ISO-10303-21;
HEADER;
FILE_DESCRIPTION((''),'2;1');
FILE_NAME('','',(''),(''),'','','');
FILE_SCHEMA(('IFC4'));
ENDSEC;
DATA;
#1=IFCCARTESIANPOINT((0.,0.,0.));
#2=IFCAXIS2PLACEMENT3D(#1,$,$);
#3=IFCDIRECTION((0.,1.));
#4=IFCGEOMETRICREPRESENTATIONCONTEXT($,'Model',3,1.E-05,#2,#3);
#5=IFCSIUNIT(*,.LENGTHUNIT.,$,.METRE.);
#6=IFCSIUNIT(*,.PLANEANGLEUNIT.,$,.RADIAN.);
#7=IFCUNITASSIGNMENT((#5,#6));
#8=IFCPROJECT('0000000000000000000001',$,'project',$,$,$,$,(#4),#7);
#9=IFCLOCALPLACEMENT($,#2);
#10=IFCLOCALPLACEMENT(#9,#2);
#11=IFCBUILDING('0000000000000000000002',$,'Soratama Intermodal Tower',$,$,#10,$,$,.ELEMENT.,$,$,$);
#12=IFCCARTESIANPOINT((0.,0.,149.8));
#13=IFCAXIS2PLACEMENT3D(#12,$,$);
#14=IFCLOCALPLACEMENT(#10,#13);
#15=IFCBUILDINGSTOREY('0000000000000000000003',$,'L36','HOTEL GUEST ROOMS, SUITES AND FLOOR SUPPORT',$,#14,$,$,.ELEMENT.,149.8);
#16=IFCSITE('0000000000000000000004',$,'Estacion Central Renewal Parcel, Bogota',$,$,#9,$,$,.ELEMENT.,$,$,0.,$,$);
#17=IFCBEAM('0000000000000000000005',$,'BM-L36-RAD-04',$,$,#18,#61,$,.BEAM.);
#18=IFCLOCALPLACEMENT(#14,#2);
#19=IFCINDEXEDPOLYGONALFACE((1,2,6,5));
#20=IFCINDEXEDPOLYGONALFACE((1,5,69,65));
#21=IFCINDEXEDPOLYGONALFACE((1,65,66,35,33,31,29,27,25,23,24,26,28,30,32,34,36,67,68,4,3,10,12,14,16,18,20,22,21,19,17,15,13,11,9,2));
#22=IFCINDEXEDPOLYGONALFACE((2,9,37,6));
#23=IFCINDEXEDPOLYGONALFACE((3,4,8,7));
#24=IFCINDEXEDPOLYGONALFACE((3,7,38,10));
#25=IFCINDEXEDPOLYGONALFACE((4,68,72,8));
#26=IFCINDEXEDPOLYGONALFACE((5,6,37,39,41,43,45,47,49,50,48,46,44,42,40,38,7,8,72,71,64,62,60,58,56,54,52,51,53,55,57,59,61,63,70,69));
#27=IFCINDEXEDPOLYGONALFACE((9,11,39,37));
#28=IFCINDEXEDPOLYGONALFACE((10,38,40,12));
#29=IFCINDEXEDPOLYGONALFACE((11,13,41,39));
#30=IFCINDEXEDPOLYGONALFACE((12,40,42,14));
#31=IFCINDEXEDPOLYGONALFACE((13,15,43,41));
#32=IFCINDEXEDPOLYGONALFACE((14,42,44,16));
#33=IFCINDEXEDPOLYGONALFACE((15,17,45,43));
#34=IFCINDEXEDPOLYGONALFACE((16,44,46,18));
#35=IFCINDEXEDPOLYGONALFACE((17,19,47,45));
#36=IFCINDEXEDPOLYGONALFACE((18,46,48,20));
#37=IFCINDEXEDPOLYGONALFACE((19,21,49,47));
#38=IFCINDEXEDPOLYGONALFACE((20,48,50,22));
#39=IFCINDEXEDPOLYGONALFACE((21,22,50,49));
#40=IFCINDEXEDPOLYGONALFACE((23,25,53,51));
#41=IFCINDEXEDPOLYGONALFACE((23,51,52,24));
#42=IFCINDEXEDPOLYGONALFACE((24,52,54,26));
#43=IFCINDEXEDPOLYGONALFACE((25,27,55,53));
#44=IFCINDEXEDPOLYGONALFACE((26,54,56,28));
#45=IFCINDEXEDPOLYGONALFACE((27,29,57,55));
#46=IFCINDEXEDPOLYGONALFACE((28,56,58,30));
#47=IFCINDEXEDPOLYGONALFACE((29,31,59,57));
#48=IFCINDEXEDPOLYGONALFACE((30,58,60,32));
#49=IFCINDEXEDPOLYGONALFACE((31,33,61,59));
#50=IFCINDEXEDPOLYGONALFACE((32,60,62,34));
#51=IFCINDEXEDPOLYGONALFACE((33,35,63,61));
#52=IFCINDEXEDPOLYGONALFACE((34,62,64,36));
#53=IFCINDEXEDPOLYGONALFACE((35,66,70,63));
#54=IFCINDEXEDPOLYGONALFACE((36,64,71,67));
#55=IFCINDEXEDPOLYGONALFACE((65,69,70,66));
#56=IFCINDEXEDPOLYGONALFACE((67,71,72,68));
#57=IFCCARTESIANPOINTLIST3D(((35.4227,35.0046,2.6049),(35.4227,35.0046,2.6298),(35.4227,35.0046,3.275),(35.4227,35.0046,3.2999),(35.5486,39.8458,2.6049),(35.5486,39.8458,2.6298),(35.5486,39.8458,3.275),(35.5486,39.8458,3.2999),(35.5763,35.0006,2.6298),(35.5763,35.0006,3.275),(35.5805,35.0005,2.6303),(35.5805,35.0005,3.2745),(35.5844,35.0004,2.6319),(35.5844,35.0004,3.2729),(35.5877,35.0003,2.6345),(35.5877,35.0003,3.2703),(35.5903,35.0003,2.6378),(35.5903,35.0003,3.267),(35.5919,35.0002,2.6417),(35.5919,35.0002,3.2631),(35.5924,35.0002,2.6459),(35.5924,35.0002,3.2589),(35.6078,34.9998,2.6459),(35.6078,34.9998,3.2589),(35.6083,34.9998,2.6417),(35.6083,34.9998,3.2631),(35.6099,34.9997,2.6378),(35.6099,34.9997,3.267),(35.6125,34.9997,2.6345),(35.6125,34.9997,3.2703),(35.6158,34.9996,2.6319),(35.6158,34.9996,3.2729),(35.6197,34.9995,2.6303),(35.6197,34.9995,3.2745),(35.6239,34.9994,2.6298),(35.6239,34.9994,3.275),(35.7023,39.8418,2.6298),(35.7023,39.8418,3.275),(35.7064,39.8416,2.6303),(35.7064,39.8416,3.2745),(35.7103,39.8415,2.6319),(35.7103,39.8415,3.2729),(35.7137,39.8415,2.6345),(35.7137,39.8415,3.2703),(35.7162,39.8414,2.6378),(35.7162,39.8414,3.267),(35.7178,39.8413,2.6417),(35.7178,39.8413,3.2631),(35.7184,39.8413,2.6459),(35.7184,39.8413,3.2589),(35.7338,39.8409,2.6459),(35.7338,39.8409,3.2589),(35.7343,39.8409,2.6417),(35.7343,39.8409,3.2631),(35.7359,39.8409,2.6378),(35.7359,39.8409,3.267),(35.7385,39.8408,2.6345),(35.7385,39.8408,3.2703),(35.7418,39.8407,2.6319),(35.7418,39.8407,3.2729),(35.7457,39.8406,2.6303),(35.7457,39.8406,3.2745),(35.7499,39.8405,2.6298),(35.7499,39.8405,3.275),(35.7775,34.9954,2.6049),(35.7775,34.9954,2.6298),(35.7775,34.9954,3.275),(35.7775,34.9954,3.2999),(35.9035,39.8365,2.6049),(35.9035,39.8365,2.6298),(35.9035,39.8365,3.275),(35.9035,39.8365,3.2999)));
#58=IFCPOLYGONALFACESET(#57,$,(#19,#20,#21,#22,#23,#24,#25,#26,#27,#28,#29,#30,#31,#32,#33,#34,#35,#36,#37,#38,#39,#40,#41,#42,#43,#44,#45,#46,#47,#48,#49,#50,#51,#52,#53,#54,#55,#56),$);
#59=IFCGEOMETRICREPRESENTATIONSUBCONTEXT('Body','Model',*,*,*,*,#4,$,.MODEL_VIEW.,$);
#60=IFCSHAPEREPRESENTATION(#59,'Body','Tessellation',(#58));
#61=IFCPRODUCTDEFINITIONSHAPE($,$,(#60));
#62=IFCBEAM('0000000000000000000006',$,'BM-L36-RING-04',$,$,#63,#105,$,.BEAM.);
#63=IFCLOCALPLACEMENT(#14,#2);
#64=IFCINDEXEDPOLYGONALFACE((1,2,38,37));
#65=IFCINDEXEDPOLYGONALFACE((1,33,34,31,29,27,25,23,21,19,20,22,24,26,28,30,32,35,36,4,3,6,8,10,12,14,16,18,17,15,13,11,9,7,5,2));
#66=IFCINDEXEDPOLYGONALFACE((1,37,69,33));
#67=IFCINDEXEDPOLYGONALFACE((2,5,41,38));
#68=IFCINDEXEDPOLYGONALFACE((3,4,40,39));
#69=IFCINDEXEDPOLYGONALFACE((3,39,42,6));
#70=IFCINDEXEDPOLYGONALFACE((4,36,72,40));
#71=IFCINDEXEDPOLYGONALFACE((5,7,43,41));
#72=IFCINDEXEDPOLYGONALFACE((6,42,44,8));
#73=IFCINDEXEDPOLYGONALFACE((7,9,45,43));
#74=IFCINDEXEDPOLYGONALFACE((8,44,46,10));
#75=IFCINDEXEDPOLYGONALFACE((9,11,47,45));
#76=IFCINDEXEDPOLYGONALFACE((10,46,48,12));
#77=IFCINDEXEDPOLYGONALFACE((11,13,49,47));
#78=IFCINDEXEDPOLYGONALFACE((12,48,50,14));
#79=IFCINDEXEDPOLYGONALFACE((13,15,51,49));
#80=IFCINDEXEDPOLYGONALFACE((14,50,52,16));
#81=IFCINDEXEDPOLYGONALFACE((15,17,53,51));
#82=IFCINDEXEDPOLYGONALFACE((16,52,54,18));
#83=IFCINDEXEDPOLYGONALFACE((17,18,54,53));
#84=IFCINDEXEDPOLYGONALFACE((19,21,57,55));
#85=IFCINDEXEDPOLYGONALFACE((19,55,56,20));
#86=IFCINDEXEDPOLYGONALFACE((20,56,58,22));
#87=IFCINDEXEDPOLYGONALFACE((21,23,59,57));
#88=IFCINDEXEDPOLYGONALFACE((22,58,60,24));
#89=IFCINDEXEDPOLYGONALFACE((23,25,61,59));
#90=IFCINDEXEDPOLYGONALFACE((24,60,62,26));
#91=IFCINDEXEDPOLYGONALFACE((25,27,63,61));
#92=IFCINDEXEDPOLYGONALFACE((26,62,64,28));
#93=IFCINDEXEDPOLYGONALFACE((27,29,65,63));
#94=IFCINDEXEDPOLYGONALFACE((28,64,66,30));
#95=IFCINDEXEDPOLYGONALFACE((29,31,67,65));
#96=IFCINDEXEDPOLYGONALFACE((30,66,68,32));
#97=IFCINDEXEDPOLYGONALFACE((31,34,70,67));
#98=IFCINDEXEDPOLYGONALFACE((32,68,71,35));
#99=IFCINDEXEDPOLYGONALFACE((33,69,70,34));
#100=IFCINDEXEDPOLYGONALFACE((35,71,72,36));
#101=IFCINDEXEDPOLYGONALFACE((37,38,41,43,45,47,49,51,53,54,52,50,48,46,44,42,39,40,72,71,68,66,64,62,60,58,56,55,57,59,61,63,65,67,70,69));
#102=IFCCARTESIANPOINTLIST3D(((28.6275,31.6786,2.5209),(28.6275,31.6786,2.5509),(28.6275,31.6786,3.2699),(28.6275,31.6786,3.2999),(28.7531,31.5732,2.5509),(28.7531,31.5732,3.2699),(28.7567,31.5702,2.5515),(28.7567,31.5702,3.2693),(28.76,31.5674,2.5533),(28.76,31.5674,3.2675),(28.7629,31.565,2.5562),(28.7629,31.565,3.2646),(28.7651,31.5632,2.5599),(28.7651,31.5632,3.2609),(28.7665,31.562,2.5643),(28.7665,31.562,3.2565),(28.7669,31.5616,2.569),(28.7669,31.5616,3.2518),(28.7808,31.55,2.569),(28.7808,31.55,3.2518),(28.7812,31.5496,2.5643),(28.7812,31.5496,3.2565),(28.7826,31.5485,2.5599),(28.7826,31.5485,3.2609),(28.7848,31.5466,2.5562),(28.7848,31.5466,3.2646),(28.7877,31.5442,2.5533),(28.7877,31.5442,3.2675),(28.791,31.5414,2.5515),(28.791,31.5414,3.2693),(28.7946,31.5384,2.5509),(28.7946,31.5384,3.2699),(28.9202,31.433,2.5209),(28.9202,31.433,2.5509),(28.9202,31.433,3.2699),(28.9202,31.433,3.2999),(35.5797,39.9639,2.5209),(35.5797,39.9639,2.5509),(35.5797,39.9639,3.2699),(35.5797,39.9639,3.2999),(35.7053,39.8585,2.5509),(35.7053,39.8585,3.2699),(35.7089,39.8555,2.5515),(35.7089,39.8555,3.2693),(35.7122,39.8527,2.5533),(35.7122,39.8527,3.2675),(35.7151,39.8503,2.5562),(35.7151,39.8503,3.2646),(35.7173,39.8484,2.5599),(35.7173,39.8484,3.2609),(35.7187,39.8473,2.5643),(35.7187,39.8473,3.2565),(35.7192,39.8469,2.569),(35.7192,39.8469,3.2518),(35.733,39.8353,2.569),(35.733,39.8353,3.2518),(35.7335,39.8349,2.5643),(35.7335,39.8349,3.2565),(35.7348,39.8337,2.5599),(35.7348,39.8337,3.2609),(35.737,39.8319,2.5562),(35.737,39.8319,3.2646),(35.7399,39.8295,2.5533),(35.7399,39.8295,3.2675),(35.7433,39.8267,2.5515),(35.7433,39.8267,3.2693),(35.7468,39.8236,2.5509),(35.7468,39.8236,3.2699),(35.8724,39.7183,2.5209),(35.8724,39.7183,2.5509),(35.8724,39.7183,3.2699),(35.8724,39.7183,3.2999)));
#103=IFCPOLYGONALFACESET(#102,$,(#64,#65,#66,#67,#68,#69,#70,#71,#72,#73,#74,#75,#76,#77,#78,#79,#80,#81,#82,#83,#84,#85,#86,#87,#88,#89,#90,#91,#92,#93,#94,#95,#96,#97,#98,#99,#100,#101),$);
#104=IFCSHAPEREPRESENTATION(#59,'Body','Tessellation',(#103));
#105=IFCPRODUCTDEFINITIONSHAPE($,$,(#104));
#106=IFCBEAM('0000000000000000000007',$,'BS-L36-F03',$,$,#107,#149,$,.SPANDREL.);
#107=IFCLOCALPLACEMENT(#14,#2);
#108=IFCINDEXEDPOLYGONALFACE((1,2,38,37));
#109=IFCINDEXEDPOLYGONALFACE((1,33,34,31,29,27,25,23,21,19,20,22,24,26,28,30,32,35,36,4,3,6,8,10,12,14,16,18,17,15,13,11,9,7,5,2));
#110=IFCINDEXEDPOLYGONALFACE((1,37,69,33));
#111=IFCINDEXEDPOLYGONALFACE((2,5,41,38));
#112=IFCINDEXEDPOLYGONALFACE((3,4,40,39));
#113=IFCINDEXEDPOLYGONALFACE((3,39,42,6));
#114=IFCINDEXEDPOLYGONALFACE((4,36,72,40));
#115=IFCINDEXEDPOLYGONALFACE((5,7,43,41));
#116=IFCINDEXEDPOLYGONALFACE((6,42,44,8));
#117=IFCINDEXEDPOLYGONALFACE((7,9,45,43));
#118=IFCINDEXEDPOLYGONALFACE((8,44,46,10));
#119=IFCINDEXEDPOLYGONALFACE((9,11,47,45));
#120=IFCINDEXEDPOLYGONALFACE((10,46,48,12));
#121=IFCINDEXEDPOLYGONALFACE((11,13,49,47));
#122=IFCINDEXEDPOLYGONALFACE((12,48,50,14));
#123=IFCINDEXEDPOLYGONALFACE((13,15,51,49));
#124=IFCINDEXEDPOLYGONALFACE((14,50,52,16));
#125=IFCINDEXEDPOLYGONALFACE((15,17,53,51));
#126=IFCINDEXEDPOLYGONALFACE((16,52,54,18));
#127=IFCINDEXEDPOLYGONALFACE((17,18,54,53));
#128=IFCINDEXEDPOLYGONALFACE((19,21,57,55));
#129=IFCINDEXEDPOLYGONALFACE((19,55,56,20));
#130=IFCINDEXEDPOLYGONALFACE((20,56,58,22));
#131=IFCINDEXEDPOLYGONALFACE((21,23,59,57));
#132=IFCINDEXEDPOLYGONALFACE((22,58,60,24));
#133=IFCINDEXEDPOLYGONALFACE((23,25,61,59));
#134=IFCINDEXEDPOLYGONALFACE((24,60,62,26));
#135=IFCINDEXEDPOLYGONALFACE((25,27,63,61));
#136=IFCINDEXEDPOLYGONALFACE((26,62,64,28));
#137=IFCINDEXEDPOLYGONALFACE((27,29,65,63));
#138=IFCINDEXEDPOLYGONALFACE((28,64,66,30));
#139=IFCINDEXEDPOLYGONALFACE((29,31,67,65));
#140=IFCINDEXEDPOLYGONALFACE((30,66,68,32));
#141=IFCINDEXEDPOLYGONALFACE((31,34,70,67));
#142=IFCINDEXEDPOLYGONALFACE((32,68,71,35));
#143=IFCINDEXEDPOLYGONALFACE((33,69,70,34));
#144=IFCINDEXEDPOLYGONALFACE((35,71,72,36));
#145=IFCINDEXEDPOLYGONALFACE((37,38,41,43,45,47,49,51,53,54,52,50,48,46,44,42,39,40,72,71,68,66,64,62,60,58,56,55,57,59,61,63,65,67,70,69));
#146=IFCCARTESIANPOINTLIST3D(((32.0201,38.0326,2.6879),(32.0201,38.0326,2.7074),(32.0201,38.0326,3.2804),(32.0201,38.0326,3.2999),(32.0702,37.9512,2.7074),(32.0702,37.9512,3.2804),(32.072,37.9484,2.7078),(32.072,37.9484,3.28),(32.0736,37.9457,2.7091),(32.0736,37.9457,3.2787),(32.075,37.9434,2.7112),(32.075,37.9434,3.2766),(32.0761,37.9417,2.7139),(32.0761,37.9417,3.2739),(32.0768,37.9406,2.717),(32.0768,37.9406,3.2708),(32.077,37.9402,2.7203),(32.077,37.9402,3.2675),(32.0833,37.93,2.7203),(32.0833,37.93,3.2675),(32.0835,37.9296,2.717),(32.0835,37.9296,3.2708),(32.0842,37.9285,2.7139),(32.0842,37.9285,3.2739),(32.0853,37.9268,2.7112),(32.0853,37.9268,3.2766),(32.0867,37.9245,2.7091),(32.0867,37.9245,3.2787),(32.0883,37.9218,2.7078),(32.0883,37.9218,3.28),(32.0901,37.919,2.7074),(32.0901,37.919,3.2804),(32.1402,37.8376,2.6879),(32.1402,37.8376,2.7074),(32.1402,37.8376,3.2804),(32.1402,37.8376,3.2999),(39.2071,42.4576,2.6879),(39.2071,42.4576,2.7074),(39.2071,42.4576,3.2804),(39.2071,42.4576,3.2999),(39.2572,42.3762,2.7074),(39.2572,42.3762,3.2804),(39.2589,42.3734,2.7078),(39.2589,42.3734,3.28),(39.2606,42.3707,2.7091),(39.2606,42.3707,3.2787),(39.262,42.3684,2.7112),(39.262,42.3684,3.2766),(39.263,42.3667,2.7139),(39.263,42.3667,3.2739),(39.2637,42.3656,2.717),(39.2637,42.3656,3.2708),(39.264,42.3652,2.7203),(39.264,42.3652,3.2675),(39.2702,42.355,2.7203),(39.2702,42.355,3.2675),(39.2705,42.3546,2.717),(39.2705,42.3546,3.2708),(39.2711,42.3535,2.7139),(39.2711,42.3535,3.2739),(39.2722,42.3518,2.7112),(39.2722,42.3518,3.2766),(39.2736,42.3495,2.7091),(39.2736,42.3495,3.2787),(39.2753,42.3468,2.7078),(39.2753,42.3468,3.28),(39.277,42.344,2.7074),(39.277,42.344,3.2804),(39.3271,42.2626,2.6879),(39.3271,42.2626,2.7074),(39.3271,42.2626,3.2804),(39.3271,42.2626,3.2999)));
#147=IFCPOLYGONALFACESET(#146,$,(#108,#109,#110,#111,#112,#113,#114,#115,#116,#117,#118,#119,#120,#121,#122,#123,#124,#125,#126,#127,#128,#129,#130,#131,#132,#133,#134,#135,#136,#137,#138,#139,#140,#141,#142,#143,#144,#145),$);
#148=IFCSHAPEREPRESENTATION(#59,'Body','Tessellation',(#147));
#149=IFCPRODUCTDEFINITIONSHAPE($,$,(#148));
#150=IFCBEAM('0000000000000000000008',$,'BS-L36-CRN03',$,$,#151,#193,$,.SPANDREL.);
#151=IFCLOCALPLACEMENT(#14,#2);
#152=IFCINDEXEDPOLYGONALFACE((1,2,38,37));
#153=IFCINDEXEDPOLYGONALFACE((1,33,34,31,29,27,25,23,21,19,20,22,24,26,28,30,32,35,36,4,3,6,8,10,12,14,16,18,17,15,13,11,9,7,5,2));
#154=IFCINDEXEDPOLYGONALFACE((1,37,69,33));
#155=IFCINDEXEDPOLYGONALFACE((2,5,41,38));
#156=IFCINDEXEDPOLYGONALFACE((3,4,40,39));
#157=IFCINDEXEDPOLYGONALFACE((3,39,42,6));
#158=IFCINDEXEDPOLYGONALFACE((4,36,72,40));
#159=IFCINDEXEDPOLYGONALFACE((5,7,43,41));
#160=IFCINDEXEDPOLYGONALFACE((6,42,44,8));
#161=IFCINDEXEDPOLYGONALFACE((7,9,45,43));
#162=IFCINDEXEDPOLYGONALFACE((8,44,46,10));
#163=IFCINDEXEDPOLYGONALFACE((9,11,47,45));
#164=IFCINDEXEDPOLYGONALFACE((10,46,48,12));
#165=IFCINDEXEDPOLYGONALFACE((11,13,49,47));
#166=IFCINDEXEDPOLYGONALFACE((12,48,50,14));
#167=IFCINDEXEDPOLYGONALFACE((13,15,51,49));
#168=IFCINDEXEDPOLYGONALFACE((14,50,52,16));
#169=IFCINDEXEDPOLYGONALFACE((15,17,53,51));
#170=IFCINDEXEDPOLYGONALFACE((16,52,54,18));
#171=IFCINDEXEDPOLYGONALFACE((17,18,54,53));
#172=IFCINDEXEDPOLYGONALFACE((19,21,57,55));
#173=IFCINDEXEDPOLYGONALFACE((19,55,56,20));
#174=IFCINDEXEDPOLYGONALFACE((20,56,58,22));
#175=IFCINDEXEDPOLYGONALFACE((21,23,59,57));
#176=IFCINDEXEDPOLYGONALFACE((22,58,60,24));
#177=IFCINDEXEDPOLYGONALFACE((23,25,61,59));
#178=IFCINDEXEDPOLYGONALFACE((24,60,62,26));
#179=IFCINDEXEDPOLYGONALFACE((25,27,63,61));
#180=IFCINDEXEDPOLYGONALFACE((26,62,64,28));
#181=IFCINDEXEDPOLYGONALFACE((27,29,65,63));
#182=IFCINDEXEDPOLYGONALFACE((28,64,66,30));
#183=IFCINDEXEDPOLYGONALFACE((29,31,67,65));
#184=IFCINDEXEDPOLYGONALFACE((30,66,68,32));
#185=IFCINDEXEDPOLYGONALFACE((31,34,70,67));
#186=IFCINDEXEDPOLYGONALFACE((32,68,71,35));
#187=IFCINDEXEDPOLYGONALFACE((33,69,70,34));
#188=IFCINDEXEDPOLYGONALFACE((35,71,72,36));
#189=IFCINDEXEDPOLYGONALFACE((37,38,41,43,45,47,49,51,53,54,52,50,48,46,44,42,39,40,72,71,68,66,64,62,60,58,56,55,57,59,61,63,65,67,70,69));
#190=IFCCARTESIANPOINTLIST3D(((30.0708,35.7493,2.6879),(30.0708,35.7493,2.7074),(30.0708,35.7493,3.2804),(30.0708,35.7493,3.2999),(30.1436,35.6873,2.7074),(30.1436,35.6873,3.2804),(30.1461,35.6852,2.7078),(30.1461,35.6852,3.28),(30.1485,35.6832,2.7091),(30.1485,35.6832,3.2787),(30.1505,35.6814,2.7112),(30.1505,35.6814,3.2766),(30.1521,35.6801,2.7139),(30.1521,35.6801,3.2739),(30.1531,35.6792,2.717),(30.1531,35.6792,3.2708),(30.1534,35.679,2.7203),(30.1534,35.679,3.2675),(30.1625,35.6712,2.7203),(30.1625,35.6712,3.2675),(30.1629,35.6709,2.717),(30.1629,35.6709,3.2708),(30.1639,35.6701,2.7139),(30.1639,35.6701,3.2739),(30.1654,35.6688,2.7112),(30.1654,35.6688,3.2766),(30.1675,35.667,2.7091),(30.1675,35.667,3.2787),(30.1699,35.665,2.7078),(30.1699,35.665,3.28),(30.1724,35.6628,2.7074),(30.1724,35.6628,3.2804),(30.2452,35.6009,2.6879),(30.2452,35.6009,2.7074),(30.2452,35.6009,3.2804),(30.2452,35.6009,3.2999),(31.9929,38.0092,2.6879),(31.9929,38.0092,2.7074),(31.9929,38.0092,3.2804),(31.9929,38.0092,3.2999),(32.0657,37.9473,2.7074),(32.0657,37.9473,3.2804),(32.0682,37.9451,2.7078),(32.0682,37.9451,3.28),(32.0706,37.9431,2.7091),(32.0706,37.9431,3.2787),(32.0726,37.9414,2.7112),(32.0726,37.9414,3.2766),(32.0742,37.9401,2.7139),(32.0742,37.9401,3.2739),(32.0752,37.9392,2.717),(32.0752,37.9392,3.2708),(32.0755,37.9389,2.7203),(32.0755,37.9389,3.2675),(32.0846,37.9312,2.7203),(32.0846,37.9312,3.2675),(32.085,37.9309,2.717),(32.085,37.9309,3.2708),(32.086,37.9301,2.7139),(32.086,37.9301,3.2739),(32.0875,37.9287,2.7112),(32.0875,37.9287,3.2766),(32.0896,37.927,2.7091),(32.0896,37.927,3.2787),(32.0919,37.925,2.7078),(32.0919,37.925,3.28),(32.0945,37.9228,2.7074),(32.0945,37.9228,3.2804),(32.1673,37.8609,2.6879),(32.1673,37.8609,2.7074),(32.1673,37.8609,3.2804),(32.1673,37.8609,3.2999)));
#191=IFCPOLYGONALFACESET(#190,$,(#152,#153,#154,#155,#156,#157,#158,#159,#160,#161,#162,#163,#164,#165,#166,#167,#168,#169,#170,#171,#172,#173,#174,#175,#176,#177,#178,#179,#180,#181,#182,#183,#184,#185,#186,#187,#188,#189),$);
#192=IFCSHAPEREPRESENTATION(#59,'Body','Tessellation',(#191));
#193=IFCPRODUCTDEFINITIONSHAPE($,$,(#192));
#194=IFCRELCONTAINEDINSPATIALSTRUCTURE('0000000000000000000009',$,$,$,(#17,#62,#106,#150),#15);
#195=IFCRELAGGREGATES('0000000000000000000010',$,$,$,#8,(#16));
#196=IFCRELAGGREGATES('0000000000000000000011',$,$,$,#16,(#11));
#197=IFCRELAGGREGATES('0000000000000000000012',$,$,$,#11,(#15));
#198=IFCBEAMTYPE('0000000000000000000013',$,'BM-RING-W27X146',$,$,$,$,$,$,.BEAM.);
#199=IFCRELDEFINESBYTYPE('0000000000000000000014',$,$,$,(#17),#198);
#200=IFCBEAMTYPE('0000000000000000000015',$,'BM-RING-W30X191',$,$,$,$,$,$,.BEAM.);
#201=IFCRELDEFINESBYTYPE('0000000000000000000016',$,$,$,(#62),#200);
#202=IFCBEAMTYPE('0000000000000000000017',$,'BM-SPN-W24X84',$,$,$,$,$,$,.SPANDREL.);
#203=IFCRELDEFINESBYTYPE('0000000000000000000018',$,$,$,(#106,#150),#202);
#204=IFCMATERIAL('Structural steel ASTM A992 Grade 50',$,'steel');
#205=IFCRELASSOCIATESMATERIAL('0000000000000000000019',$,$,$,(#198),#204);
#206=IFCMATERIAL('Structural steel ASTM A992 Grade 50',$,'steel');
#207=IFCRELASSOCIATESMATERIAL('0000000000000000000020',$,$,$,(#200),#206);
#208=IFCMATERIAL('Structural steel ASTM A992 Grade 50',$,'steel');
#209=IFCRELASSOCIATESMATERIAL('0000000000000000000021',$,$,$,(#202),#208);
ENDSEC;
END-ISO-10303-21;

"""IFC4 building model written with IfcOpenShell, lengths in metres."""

from ifc_helpers import new_model, si_unit, direction, frame, origin, origin_2d, place, context, subcontext, project, spatial, i_section, extrude, material, material_profile, profile_set, type_object, element, save


model = new_model("IFC4")

# Units and contexts
model_context = context("Model", 3, precision=1e-05, world=origin(), true_north=direction((0.0, 1.0)))
body_context = subcontext(model_context, "Body", "Model", "MODEL_VIEW")
ifc_project = project(units=[si_unit("LENGTHUNIT", "METRE"), si_unit("PLANEANGLEUNIT", "RADIAN")], contexts=[model_context])

# Site, building, storey
site_placement = place(None, origin())
site = spatial("IfcSite", under=ifc_project, at=site_placement, Name="Estacion Central Renewal Parcel, Bogota", CompositionType="ELEMENT", RefElevation=0.0)
building_placement = place(site_placement, origin())
building = spatial("IfcBuilding", under=site, at=building_placement, Name="Soratama Intermodal Tower", CompositionType="ELEMENT")
storey_placement = place(building_placement, frame((0.0, 0.0, 149.8)))
storey = spatial("IfcBuildingStorey", under=building, at=storey_placement, Name="L36", Description="HOTEL GUEST ROOMS, SUITES AND FLOOR SUPPORT", CompositionType="ELEMENT", Elevation=149.8)

# Beams
ifc_material_1 = material(Name="Structural steel ASTM A992 Grade 50", Category="steel")
ifc_material_profile_1 = material_profile(ifc_material_1, i_section(OverallWidth=0.355, OverallDepth=0.6951, WebThickness=0.0154, FlangeThickness=0.0249, FilletRadius=0.0161, at=origin_2d()), Name="W27X146")
ifc_profile_set_1 = profile_set([ifc_material_profile_1], Name="Structural steel ASTM A992 Grade 50")
beam_type_1 = type_object("IfcBeamType", Name="BM-RING-W27X146", PredefinedType="BEAM", material=ifc_profile_set_1)
beam_1_placement = place(storey_placement, frame((35.6001, 35.0, 2.9524), z_axis=(0.026014, 0.999662, 0.0), x_axis=(-0.999662, 0.026014, 0.0)))
element("IfcBeam", 1, at=beam_1_placement, inside=storey, type_object=beam_type_1, Name="BM-L36-RAD-04", PredefinedType="BEAM", context=body_context, shape_type="SweptSolid", body=[
    extrude(i_section(OverallWidth=0.355, OverallDepth=0.6951, WebThickness=0.0154, FlangeThickness=0.0249, FilletRadius=0.0161, at=origin_2d()), origin(), (0.0, 0.0, 1.0), 4.8428),
])
ifc_material_2 = material(Name="Structural steel ASTM A992 Grade 50", Category="steel")
ifc_material_profile_2 = material_profile(ifc_material_2, i_section(OverallWidth=0.3821, OverallDepth=0.7791, WebThickness=0.0181, FlangeThickness=0.03, FilletRadius=0.0181, at=origin_2d()), Name="W30X191")
ifc_profile_set_2 = profile_set([ifc_material_profile_2], Name="Structural steel ASTM A992 Grade 50")
beam_type_2 = type_object("IfcBeamType", Name="BM-RING-W30X191", PredefinedType="BEAM", material=ifc_profile_set_2)
beam_2_placement = place(storey_placement, frame((35.7261, 39.8411, 2.9104), z_axis=(-0.642792, -0.766041, 0.0), x_axis=(0.766041, -0.642792, 0.0)))
element("IfcBeam", 2, at=beam_2_placement, inside=storey, type_object=beam_type_2, Name="BM-L36-RING-04", PredefinedType="BEAM", context=body_context, shape_type="SweptSolid", body=[
    extrude(i_section(OverallWidth=0.3821, OverallDepth=0.7791, WebThickness=0.0181, FlangeThickness=0.03, FilletRadius=0.0181, at=origin_2d()), origin(), (0.0, 0.0, 1.0), 10.8157),
])
ifc_material_3 = material(Name="Structural steel ASTM A992 Grade 50", Category="steel")
ifc_material_profile_3 = material_profile(ifc_material_3, i_section(OverallWidth=0.229, OverallDepth=0.6121, WebThickness=0.012, FlangeThickness=0.0195, FilletRadius=0.0129, at=origin_2d()), Name="W24X84")
ifc_profile_set_3 = profile_set([ifc_material_profile_3], Name="Structural steel ASTM A992 Grade 50")
beam_type_3 = type_object("IfcBeamType", Name="BM-SPN-W24X84", PredefinedType="SPANDREL", material=ifc_profile_set_3)
beam_3_placement = place(storey_placement, frame((39.2671, 42.3601, 2.9939), z_axis=(-0.851538, -0.524293, 0.0), x_axis=(0.524293, -0.851538, 0.0)))
element("IfcBeam", 3, at=beam_3_placement, inside=storey, type_object=beam_type_3, Name="BS-L36-F03", PredefinedType="SPANDREL", context=body_context, shape_type="SweptSolid", body=[
    extrude(i_section(OverallWidth=0.229, OverallDepth=0.6121, WebThickness=0.012, FlangeThickness=0.0195, FilletRadius=0.0129, at=origin_2d()), origin(), (0.0, 0.0, 1.0), 8.4399),
])
beam_4_placement = place(storey_placement, frame((32.0801, 37.9351, 2.9939), z_axis=(-0.647866, -0.761755, 0.0), x_axis=(0.761755, -0.647866, 0.0)))
element("IfcBeam", 4, at=beam_4_placement, inside=storey, type_object=beam_type_3, Name="BS-L36-CRN03", PredefinedType="SPANDREL", context=body_context, shape_type="SweptSolid", body=[
    extrude(i_section(OverallWidth=0.229, OverallDepth=0.6121, WebThickness=0.012, FlangeThickness=0.0195, FilletRadius=0.0129, at=origin_2d()), origin(), (0.0, 0.0, 1.0), 2.9668),
])

save(model, "model.ifc")
